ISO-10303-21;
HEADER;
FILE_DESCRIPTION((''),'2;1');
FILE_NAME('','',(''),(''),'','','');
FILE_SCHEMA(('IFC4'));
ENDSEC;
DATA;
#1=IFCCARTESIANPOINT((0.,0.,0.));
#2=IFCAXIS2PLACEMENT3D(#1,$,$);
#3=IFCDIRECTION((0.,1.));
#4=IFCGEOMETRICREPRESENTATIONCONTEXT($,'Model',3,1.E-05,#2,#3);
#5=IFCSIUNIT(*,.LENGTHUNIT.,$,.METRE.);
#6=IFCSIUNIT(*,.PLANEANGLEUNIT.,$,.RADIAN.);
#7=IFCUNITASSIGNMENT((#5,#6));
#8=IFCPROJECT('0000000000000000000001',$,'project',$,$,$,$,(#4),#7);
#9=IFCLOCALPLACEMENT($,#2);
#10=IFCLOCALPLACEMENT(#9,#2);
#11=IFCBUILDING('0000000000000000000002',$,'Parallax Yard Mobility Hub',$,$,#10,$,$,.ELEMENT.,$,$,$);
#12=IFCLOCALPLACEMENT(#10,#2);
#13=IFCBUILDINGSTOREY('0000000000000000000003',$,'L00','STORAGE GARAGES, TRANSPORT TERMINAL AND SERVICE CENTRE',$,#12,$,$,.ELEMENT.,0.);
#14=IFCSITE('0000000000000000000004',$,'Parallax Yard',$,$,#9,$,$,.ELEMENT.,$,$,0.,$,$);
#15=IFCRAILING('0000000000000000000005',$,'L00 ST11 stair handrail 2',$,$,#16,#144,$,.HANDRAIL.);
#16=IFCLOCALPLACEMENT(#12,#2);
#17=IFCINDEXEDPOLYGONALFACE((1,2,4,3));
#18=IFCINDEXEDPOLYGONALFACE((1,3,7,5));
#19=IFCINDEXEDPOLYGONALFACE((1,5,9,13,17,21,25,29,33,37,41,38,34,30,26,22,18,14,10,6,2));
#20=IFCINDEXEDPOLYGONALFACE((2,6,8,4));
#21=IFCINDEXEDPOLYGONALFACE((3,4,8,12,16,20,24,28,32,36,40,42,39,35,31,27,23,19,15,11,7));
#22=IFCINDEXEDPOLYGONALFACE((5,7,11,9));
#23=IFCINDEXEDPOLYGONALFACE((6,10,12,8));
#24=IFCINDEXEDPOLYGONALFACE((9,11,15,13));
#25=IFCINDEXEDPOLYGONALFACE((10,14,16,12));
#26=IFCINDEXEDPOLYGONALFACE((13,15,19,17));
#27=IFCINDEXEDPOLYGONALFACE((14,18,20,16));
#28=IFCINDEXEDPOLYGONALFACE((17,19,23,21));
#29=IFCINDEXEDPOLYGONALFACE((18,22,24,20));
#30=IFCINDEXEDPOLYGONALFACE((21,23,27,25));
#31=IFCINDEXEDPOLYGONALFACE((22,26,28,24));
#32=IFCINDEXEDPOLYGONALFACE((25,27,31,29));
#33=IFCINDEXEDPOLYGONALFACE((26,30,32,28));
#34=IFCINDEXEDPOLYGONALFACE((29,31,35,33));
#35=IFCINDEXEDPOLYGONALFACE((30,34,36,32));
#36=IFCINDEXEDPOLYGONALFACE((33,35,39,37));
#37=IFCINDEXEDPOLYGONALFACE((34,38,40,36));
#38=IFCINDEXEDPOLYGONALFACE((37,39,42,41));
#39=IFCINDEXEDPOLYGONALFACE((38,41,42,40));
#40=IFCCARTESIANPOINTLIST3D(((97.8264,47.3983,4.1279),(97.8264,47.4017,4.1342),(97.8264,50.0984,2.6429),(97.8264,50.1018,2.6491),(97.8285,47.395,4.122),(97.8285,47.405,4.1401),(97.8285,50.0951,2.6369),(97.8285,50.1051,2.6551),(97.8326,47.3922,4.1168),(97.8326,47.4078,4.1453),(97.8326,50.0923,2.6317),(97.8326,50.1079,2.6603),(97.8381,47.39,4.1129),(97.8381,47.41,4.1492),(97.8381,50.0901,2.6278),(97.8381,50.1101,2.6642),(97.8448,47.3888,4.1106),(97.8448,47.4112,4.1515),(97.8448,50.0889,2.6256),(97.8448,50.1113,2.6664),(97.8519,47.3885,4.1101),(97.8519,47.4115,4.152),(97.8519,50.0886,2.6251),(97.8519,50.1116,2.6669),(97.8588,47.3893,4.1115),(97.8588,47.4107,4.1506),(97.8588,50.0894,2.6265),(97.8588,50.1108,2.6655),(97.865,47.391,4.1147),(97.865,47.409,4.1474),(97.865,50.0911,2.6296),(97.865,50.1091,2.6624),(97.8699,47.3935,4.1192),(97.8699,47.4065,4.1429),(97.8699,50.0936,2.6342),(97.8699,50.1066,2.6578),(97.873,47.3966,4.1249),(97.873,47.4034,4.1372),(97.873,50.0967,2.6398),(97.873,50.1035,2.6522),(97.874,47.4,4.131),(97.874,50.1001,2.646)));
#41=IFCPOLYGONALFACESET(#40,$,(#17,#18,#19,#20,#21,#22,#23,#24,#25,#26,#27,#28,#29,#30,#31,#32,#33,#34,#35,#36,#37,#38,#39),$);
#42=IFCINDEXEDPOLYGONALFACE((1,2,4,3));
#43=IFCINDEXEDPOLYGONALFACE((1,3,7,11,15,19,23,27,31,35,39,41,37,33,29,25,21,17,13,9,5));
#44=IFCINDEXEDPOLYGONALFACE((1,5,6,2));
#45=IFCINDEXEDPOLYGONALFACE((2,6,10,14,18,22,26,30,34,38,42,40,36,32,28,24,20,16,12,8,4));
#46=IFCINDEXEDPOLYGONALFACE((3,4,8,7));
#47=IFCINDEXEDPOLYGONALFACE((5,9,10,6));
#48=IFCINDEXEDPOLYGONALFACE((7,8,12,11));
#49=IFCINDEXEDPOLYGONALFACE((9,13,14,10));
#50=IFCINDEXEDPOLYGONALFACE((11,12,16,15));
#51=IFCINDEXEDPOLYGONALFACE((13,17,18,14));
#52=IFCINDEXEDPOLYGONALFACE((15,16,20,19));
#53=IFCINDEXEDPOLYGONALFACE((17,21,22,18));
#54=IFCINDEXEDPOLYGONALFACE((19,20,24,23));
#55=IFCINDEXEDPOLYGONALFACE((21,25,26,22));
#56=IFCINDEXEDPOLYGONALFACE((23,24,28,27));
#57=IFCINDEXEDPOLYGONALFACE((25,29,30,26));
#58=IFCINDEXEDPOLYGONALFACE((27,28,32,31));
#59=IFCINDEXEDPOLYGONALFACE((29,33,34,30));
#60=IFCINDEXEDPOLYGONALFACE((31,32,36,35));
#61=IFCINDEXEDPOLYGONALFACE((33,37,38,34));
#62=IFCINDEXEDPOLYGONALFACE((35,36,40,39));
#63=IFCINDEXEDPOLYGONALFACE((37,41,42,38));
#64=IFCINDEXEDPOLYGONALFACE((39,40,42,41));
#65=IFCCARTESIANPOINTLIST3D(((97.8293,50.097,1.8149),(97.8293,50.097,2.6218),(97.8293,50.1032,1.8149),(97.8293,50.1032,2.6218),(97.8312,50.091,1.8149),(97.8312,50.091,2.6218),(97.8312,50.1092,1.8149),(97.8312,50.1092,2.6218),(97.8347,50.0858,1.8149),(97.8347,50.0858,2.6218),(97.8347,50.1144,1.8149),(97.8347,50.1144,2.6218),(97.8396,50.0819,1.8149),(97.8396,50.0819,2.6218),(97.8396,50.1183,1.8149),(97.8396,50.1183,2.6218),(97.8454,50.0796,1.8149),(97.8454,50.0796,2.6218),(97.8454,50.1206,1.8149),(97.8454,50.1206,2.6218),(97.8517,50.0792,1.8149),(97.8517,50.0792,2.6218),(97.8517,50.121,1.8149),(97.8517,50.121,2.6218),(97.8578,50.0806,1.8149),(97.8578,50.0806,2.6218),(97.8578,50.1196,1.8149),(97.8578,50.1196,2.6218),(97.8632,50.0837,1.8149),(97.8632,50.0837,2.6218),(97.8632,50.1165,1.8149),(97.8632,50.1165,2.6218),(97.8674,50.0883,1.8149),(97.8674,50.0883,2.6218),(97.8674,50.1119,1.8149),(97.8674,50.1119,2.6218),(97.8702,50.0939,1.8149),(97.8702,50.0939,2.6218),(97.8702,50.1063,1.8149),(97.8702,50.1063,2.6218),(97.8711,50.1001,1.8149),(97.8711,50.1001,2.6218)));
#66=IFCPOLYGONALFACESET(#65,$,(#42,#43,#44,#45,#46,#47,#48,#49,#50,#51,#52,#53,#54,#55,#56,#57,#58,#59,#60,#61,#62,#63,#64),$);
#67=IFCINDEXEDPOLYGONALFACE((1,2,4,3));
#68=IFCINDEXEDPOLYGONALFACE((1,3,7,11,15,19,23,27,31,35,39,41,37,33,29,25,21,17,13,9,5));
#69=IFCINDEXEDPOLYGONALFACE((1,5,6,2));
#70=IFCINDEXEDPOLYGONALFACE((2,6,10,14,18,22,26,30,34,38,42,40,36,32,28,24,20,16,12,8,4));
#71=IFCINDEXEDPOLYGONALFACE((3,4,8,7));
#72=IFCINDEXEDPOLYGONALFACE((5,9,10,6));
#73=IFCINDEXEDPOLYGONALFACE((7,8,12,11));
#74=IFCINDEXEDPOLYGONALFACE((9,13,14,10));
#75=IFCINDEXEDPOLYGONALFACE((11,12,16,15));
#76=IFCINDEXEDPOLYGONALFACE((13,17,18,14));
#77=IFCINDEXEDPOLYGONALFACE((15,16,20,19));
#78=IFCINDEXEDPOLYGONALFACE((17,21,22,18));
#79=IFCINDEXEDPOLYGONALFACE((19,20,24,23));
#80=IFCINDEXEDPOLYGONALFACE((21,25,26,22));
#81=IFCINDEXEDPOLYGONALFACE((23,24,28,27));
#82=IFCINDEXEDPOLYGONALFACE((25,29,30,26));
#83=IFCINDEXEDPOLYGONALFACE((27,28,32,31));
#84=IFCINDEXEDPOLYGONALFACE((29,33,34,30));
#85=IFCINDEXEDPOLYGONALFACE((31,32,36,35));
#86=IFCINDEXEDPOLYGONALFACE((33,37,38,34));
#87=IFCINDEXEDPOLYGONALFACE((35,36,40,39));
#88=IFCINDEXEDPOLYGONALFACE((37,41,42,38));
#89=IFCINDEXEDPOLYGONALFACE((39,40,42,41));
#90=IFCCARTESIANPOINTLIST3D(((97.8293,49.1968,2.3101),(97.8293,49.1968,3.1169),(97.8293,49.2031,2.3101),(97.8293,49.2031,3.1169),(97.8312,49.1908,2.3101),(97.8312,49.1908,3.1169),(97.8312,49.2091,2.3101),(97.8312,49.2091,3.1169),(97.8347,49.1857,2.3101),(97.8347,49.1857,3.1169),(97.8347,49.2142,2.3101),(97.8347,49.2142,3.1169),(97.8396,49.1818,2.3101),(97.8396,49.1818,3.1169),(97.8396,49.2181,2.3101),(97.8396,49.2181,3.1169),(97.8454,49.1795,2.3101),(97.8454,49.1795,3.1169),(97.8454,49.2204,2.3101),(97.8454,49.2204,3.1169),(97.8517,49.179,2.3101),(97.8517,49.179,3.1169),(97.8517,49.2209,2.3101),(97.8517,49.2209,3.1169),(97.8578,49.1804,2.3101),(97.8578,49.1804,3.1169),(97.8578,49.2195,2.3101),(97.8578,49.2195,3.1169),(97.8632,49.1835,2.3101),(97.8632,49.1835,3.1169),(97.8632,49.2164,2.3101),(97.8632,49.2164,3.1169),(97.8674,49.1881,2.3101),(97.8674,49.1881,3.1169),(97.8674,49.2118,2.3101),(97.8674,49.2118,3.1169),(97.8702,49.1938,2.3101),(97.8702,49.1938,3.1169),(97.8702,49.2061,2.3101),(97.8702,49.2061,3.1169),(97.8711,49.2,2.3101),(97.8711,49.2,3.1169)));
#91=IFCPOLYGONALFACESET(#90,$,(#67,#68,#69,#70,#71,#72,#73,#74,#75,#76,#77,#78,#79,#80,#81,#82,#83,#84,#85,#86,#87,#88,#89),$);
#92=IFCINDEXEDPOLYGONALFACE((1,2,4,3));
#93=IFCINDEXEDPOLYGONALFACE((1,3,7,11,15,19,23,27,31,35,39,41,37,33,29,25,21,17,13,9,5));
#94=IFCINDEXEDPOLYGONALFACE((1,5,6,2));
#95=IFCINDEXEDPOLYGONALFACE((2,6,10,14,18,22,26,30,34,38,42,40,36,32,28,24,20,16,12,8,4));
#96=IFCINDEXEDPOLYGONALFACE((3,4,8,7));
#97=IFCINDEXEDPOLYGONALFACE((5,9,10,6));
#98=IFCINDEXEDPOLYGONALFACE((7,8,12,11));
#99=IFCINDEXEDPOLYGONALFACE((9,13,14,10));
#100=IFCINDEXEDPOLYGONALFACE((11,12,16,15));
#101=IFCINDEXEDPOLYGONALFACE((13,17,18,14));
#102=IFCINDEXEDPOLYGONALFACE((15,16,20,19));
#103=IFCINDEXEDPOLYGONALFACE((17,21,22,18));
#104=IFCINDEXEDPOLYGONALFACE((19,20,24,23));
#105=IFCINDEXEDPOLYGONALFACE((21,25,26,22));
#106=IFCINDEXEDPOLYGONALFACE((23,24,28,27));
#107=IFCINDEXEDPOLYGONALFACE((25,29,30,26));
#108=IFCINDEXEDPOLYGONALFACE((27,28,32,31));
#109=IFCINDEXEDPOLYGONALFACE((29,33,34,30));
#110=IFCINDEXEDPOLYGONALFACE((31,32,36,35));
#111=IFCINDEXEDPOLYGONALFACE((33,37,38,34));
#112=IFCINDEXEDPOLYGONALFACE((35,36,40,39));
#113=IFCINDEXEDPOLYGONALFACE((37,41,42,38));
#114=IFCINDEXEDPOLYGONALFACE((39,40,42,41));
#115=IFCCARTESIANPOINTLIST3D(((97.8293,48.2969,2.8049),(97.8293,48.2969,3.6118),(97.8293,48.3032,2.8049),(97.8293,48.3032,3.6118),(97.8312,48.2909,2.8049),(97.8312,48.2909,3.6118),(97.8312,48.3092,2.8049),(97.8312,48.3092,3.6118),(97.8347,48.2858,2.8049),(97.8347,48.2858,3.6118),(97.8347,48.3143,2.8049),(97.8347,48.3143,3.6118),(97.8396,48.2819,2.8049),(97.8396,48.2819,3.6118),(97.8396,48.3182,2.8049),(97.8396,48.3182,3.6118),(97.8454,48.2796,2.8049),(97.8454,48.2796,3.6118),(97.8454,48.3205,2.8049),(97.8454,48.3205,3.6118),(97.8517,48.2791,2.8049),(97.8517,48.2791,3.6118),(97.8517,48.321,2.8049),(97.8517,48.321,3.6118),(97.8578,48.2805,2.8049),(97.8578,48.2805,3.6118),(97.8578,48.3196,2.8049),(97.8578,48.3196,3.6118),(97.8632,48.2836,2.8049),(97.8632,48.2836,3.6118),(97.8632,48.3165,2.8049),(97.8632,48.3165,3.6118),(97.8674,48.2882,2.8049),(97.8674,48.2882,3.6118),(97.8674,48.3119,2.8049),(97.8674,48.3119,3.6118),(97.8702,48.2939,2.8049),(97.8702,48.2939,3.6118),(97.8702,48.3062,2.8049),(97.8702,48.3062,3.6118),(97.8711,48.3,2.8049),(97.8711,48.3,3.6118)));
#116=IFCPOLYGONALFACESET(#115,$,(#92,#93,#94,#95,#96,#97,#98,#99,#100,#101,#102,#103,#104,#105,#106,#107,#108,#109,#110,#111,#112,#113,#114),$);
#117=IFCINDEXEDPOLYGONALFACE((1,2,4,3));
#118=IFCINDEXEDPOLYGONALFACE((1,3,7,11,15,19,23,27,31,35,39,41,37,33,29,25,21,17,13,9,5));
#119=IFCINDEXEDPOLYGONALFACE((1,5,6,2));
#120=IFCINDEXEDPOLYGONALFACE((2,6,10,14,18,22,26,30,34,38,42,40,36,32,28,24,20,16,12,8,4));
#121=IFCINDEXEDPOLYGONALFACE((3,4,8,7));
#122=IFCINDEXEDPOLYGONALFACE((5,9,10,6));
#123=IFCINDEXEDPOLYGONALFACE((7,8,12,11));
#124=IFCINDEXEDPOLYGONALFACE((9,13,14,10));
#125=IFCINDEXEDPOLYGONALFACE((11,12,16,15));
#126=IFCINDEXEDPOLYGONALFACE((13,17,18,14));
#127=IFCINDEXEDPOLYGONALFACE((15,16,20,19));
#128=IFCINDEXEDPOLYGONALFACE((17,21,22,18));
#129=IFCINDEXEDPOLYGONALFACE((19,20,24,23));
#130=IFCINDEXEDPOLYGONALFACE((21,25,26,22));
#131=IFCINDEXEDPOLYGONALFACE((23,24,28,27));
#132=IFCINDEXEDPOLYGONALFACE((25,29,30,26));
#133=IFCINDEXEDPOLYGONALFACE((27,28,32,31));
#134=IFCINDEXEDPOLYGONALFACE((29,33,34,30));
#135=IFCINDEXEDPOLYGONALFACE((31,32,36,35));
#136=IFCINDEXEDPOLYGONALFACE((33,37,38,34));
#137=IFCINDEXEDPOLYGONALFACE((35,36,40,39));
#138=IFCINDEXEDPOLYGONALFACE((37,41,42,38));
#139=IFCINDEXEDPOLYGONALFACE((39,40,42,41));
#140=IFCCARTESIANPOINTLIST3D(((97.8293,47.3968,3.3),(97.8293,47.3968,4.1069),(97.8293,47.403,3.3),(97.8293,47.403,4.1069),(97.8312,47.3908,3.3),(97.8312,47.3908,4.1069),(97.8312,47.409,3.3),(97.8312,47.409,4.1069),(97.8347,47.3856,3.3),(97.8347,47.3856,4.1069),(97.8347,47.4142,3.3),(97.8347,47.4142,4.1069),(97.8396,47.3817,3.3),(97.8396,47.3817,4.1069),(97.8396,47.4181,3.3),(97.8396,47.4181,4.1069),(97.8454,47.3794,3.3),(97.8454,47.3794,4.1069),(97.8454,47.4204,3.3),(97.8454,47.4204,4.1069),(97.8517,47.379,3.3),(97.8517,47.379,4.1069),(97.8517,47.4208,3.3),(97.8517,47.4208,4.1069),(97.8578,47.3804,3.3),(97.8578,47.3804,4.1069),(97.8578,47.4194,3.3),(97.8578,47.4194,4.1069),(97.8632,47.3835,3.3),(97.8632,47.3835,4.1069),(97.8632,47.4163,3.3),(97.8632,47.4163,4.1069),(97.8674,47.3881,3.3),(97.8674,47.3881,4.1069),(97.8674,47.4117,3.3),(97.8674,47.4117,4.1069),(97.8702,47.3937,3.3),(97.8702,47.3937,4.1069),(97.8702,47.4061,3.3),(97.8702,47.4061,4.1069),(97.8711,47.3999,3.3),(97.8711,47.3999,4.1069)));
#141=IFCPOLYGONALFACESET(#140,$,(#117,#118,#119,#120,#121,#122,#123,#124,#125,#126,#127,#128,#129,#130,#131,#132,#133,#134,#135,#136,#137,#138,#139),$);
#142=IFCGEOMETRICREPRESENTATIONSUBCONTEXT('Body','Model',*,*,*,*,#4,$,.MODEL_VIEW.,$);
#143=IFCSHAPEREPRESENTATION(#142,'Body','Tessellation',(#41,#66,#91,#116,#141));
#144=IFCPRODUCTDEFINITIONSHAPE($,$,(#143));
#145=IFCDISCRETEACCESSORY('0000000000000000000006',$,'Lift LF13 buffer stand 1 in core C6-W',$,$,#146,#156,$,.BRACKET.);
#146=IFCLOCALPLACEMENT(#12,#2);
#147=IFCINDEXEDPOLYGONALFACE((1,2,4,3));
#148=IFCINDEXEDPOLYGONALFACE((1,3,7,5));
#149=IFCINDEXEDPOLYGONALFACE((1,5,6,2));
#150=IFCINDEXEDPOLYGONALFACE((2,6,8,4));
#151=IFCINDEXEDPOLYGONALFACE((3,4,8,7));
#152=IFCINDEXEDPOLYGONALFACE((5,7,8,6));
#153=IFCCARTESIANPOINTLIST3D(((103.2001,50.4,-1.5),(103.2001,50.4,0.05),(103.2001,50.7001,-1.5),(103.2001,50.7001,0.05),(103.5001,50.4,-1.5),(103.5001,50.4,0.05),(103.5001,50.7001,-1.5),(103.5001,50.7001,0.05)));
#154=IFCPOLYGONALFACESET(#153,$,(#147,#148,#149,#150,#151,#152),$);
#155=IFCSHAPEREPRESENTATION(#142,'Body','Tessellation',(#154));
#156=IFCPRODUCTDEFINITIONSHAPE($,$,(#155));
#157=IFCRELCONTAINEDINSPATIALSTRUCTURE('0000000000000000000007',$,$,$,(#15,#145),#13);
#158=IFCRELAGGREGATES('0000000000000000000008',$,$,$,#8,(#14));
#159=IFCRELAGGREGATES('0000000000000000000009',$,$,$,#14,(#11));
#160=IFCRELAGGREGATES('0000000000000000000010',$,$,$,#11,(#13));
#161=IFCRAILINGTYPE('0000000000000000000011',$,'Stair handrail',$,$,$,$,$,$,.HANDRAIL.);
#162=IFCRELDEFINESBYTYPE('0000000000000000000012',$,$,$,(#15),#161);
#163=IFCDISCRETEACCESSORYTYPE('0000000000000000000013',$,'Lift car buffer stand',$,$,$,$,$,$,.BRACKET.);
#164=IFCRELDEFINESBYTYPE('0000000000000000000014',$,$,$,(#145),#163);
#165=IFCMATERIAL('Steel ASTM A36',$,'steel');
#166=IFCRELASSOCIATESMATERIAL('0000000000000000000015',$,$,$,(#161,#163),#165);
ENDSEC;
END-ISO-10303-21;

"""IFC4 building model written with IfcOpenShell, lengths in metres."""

from ifc_helpers import new_model, si_unit, direction, frame, origin, origin_2d, place, context, subcontext, project, spatial, rectangle, circle, extrude, material, type_object, element, save


model = new_model("IFC4")

# Units and contexts
model_context = context("Model", 3, precision=1e-05, world=origin(), true_north=direction((0.0, 1.0)))
body_context = subcontext(model_context, "Body", "Model", "MODEL_VIEW")
ifc_project = project(units=[si_unit("LENGTHUNIT", "METRE"), si_unit("PLANEANGLEUNIT", "RADIAN")], contexts=[model_context])

# Site, building, storey
site_placement = place(None, origin())
site = spatial("IfcSite", under=ifc_project, at=site_placement, Name="Parallax Yard", CompositionType="ELEMENT", RefElevation=0.0)
building_placement = place(site_placement, origin())
building = spatial("IfcBuilding", under=site, at=building_placement, Name="Parallax Yard Mobility Hub", CompositionType="ELEMENT")
storey_placement = place(building_placement, origin())
storey = spatial("IfcBuildingStorey", under=building, at=storey_placement, Name="L00", Description="STORAGE GARAGES, TRANSPORT TERMINAL AND SERVICE CENTRE", CompositionType="ELEMENT", Elevation=0.0)

# Railing
ifc_material_1 = material(Name="Steel ASTM A36", Category="steel")
railing_type_1 = type_object("IfcRailingType", Name="Stair handrail", PredefinedType="HANDRAIL", material=ifc_material_1)
railing_1_placement = place(storey_placement, frame((97.8501, 50.1001, 1.8149)))
element("IfcRailing", 1, at=railing_1_placement, inside=storey, type_object=railing_type_1, Name="L00 ST11 stair handrail 2", PredefinedType="HANDRAIL", context=body_context, shape_type="SweptSolid", body=[
    extrude(circle(Radius=0.0239, at=origin_2d()), frame((0.0, 0.0, 0.8311), z_axis=(0.0, -0.876216, 0.481919), x_axis=(1.0, 0.0, 0.0)), (0.0, 0.0, 1.0), 3.0815),
    extrude(circle(Radius=0.021, at=origin_2d()), origin(), (0.0, 0.0, 1.0), 0.8069),
    extrude(circle(Radius=0.021, at=origin_2d()), frame((0.0, -0.9001, 0.4951)), (0.0, 0.0, 1.0), 0.8069),
    extrude(circle(Radius=0.021, at=origin_2d()), frame((0.0, -1.8, 0.99)), (0.0, 0.0, 1.0), 0.8069),
    extrude(circle(Radius=0.021, at=origin_2d()), frame((0.0, -2.7002, 1.4851)), (0.0, 0.0, 1.0), 0.8069),
])

# Discrete accessory
discrete_accessory_type = type_object("IfcDiscreteAccessoryType", Name="Lift car buffer stand", PredefinedType="BRACKET", material=ifc_material_1)
discrete_accessory_placement = place(storey_placement, frame((103.3501, 50.55, -1.5), z_axis=(0.0, 0.0, 1.0), x_axis=(1.0, 0.0, 0.0)))
element("IfcDiscreteAccessory", 2, at=discrete_accessory_placement, inside=storey, type_object=discrete_accessory_type, Name="Lift LF13 buffer stand 1 in core C6-W", PredefinedType="BRACKET", context=body_context, shape_type="SweptSolid", body=[
    extrude(rectangle(XDim=0.3, YDim=0.3, at=origin_2d()), origin(), (0.0, 0.0, 1.0), 1.55),
])

save(model, "model.ifc")
